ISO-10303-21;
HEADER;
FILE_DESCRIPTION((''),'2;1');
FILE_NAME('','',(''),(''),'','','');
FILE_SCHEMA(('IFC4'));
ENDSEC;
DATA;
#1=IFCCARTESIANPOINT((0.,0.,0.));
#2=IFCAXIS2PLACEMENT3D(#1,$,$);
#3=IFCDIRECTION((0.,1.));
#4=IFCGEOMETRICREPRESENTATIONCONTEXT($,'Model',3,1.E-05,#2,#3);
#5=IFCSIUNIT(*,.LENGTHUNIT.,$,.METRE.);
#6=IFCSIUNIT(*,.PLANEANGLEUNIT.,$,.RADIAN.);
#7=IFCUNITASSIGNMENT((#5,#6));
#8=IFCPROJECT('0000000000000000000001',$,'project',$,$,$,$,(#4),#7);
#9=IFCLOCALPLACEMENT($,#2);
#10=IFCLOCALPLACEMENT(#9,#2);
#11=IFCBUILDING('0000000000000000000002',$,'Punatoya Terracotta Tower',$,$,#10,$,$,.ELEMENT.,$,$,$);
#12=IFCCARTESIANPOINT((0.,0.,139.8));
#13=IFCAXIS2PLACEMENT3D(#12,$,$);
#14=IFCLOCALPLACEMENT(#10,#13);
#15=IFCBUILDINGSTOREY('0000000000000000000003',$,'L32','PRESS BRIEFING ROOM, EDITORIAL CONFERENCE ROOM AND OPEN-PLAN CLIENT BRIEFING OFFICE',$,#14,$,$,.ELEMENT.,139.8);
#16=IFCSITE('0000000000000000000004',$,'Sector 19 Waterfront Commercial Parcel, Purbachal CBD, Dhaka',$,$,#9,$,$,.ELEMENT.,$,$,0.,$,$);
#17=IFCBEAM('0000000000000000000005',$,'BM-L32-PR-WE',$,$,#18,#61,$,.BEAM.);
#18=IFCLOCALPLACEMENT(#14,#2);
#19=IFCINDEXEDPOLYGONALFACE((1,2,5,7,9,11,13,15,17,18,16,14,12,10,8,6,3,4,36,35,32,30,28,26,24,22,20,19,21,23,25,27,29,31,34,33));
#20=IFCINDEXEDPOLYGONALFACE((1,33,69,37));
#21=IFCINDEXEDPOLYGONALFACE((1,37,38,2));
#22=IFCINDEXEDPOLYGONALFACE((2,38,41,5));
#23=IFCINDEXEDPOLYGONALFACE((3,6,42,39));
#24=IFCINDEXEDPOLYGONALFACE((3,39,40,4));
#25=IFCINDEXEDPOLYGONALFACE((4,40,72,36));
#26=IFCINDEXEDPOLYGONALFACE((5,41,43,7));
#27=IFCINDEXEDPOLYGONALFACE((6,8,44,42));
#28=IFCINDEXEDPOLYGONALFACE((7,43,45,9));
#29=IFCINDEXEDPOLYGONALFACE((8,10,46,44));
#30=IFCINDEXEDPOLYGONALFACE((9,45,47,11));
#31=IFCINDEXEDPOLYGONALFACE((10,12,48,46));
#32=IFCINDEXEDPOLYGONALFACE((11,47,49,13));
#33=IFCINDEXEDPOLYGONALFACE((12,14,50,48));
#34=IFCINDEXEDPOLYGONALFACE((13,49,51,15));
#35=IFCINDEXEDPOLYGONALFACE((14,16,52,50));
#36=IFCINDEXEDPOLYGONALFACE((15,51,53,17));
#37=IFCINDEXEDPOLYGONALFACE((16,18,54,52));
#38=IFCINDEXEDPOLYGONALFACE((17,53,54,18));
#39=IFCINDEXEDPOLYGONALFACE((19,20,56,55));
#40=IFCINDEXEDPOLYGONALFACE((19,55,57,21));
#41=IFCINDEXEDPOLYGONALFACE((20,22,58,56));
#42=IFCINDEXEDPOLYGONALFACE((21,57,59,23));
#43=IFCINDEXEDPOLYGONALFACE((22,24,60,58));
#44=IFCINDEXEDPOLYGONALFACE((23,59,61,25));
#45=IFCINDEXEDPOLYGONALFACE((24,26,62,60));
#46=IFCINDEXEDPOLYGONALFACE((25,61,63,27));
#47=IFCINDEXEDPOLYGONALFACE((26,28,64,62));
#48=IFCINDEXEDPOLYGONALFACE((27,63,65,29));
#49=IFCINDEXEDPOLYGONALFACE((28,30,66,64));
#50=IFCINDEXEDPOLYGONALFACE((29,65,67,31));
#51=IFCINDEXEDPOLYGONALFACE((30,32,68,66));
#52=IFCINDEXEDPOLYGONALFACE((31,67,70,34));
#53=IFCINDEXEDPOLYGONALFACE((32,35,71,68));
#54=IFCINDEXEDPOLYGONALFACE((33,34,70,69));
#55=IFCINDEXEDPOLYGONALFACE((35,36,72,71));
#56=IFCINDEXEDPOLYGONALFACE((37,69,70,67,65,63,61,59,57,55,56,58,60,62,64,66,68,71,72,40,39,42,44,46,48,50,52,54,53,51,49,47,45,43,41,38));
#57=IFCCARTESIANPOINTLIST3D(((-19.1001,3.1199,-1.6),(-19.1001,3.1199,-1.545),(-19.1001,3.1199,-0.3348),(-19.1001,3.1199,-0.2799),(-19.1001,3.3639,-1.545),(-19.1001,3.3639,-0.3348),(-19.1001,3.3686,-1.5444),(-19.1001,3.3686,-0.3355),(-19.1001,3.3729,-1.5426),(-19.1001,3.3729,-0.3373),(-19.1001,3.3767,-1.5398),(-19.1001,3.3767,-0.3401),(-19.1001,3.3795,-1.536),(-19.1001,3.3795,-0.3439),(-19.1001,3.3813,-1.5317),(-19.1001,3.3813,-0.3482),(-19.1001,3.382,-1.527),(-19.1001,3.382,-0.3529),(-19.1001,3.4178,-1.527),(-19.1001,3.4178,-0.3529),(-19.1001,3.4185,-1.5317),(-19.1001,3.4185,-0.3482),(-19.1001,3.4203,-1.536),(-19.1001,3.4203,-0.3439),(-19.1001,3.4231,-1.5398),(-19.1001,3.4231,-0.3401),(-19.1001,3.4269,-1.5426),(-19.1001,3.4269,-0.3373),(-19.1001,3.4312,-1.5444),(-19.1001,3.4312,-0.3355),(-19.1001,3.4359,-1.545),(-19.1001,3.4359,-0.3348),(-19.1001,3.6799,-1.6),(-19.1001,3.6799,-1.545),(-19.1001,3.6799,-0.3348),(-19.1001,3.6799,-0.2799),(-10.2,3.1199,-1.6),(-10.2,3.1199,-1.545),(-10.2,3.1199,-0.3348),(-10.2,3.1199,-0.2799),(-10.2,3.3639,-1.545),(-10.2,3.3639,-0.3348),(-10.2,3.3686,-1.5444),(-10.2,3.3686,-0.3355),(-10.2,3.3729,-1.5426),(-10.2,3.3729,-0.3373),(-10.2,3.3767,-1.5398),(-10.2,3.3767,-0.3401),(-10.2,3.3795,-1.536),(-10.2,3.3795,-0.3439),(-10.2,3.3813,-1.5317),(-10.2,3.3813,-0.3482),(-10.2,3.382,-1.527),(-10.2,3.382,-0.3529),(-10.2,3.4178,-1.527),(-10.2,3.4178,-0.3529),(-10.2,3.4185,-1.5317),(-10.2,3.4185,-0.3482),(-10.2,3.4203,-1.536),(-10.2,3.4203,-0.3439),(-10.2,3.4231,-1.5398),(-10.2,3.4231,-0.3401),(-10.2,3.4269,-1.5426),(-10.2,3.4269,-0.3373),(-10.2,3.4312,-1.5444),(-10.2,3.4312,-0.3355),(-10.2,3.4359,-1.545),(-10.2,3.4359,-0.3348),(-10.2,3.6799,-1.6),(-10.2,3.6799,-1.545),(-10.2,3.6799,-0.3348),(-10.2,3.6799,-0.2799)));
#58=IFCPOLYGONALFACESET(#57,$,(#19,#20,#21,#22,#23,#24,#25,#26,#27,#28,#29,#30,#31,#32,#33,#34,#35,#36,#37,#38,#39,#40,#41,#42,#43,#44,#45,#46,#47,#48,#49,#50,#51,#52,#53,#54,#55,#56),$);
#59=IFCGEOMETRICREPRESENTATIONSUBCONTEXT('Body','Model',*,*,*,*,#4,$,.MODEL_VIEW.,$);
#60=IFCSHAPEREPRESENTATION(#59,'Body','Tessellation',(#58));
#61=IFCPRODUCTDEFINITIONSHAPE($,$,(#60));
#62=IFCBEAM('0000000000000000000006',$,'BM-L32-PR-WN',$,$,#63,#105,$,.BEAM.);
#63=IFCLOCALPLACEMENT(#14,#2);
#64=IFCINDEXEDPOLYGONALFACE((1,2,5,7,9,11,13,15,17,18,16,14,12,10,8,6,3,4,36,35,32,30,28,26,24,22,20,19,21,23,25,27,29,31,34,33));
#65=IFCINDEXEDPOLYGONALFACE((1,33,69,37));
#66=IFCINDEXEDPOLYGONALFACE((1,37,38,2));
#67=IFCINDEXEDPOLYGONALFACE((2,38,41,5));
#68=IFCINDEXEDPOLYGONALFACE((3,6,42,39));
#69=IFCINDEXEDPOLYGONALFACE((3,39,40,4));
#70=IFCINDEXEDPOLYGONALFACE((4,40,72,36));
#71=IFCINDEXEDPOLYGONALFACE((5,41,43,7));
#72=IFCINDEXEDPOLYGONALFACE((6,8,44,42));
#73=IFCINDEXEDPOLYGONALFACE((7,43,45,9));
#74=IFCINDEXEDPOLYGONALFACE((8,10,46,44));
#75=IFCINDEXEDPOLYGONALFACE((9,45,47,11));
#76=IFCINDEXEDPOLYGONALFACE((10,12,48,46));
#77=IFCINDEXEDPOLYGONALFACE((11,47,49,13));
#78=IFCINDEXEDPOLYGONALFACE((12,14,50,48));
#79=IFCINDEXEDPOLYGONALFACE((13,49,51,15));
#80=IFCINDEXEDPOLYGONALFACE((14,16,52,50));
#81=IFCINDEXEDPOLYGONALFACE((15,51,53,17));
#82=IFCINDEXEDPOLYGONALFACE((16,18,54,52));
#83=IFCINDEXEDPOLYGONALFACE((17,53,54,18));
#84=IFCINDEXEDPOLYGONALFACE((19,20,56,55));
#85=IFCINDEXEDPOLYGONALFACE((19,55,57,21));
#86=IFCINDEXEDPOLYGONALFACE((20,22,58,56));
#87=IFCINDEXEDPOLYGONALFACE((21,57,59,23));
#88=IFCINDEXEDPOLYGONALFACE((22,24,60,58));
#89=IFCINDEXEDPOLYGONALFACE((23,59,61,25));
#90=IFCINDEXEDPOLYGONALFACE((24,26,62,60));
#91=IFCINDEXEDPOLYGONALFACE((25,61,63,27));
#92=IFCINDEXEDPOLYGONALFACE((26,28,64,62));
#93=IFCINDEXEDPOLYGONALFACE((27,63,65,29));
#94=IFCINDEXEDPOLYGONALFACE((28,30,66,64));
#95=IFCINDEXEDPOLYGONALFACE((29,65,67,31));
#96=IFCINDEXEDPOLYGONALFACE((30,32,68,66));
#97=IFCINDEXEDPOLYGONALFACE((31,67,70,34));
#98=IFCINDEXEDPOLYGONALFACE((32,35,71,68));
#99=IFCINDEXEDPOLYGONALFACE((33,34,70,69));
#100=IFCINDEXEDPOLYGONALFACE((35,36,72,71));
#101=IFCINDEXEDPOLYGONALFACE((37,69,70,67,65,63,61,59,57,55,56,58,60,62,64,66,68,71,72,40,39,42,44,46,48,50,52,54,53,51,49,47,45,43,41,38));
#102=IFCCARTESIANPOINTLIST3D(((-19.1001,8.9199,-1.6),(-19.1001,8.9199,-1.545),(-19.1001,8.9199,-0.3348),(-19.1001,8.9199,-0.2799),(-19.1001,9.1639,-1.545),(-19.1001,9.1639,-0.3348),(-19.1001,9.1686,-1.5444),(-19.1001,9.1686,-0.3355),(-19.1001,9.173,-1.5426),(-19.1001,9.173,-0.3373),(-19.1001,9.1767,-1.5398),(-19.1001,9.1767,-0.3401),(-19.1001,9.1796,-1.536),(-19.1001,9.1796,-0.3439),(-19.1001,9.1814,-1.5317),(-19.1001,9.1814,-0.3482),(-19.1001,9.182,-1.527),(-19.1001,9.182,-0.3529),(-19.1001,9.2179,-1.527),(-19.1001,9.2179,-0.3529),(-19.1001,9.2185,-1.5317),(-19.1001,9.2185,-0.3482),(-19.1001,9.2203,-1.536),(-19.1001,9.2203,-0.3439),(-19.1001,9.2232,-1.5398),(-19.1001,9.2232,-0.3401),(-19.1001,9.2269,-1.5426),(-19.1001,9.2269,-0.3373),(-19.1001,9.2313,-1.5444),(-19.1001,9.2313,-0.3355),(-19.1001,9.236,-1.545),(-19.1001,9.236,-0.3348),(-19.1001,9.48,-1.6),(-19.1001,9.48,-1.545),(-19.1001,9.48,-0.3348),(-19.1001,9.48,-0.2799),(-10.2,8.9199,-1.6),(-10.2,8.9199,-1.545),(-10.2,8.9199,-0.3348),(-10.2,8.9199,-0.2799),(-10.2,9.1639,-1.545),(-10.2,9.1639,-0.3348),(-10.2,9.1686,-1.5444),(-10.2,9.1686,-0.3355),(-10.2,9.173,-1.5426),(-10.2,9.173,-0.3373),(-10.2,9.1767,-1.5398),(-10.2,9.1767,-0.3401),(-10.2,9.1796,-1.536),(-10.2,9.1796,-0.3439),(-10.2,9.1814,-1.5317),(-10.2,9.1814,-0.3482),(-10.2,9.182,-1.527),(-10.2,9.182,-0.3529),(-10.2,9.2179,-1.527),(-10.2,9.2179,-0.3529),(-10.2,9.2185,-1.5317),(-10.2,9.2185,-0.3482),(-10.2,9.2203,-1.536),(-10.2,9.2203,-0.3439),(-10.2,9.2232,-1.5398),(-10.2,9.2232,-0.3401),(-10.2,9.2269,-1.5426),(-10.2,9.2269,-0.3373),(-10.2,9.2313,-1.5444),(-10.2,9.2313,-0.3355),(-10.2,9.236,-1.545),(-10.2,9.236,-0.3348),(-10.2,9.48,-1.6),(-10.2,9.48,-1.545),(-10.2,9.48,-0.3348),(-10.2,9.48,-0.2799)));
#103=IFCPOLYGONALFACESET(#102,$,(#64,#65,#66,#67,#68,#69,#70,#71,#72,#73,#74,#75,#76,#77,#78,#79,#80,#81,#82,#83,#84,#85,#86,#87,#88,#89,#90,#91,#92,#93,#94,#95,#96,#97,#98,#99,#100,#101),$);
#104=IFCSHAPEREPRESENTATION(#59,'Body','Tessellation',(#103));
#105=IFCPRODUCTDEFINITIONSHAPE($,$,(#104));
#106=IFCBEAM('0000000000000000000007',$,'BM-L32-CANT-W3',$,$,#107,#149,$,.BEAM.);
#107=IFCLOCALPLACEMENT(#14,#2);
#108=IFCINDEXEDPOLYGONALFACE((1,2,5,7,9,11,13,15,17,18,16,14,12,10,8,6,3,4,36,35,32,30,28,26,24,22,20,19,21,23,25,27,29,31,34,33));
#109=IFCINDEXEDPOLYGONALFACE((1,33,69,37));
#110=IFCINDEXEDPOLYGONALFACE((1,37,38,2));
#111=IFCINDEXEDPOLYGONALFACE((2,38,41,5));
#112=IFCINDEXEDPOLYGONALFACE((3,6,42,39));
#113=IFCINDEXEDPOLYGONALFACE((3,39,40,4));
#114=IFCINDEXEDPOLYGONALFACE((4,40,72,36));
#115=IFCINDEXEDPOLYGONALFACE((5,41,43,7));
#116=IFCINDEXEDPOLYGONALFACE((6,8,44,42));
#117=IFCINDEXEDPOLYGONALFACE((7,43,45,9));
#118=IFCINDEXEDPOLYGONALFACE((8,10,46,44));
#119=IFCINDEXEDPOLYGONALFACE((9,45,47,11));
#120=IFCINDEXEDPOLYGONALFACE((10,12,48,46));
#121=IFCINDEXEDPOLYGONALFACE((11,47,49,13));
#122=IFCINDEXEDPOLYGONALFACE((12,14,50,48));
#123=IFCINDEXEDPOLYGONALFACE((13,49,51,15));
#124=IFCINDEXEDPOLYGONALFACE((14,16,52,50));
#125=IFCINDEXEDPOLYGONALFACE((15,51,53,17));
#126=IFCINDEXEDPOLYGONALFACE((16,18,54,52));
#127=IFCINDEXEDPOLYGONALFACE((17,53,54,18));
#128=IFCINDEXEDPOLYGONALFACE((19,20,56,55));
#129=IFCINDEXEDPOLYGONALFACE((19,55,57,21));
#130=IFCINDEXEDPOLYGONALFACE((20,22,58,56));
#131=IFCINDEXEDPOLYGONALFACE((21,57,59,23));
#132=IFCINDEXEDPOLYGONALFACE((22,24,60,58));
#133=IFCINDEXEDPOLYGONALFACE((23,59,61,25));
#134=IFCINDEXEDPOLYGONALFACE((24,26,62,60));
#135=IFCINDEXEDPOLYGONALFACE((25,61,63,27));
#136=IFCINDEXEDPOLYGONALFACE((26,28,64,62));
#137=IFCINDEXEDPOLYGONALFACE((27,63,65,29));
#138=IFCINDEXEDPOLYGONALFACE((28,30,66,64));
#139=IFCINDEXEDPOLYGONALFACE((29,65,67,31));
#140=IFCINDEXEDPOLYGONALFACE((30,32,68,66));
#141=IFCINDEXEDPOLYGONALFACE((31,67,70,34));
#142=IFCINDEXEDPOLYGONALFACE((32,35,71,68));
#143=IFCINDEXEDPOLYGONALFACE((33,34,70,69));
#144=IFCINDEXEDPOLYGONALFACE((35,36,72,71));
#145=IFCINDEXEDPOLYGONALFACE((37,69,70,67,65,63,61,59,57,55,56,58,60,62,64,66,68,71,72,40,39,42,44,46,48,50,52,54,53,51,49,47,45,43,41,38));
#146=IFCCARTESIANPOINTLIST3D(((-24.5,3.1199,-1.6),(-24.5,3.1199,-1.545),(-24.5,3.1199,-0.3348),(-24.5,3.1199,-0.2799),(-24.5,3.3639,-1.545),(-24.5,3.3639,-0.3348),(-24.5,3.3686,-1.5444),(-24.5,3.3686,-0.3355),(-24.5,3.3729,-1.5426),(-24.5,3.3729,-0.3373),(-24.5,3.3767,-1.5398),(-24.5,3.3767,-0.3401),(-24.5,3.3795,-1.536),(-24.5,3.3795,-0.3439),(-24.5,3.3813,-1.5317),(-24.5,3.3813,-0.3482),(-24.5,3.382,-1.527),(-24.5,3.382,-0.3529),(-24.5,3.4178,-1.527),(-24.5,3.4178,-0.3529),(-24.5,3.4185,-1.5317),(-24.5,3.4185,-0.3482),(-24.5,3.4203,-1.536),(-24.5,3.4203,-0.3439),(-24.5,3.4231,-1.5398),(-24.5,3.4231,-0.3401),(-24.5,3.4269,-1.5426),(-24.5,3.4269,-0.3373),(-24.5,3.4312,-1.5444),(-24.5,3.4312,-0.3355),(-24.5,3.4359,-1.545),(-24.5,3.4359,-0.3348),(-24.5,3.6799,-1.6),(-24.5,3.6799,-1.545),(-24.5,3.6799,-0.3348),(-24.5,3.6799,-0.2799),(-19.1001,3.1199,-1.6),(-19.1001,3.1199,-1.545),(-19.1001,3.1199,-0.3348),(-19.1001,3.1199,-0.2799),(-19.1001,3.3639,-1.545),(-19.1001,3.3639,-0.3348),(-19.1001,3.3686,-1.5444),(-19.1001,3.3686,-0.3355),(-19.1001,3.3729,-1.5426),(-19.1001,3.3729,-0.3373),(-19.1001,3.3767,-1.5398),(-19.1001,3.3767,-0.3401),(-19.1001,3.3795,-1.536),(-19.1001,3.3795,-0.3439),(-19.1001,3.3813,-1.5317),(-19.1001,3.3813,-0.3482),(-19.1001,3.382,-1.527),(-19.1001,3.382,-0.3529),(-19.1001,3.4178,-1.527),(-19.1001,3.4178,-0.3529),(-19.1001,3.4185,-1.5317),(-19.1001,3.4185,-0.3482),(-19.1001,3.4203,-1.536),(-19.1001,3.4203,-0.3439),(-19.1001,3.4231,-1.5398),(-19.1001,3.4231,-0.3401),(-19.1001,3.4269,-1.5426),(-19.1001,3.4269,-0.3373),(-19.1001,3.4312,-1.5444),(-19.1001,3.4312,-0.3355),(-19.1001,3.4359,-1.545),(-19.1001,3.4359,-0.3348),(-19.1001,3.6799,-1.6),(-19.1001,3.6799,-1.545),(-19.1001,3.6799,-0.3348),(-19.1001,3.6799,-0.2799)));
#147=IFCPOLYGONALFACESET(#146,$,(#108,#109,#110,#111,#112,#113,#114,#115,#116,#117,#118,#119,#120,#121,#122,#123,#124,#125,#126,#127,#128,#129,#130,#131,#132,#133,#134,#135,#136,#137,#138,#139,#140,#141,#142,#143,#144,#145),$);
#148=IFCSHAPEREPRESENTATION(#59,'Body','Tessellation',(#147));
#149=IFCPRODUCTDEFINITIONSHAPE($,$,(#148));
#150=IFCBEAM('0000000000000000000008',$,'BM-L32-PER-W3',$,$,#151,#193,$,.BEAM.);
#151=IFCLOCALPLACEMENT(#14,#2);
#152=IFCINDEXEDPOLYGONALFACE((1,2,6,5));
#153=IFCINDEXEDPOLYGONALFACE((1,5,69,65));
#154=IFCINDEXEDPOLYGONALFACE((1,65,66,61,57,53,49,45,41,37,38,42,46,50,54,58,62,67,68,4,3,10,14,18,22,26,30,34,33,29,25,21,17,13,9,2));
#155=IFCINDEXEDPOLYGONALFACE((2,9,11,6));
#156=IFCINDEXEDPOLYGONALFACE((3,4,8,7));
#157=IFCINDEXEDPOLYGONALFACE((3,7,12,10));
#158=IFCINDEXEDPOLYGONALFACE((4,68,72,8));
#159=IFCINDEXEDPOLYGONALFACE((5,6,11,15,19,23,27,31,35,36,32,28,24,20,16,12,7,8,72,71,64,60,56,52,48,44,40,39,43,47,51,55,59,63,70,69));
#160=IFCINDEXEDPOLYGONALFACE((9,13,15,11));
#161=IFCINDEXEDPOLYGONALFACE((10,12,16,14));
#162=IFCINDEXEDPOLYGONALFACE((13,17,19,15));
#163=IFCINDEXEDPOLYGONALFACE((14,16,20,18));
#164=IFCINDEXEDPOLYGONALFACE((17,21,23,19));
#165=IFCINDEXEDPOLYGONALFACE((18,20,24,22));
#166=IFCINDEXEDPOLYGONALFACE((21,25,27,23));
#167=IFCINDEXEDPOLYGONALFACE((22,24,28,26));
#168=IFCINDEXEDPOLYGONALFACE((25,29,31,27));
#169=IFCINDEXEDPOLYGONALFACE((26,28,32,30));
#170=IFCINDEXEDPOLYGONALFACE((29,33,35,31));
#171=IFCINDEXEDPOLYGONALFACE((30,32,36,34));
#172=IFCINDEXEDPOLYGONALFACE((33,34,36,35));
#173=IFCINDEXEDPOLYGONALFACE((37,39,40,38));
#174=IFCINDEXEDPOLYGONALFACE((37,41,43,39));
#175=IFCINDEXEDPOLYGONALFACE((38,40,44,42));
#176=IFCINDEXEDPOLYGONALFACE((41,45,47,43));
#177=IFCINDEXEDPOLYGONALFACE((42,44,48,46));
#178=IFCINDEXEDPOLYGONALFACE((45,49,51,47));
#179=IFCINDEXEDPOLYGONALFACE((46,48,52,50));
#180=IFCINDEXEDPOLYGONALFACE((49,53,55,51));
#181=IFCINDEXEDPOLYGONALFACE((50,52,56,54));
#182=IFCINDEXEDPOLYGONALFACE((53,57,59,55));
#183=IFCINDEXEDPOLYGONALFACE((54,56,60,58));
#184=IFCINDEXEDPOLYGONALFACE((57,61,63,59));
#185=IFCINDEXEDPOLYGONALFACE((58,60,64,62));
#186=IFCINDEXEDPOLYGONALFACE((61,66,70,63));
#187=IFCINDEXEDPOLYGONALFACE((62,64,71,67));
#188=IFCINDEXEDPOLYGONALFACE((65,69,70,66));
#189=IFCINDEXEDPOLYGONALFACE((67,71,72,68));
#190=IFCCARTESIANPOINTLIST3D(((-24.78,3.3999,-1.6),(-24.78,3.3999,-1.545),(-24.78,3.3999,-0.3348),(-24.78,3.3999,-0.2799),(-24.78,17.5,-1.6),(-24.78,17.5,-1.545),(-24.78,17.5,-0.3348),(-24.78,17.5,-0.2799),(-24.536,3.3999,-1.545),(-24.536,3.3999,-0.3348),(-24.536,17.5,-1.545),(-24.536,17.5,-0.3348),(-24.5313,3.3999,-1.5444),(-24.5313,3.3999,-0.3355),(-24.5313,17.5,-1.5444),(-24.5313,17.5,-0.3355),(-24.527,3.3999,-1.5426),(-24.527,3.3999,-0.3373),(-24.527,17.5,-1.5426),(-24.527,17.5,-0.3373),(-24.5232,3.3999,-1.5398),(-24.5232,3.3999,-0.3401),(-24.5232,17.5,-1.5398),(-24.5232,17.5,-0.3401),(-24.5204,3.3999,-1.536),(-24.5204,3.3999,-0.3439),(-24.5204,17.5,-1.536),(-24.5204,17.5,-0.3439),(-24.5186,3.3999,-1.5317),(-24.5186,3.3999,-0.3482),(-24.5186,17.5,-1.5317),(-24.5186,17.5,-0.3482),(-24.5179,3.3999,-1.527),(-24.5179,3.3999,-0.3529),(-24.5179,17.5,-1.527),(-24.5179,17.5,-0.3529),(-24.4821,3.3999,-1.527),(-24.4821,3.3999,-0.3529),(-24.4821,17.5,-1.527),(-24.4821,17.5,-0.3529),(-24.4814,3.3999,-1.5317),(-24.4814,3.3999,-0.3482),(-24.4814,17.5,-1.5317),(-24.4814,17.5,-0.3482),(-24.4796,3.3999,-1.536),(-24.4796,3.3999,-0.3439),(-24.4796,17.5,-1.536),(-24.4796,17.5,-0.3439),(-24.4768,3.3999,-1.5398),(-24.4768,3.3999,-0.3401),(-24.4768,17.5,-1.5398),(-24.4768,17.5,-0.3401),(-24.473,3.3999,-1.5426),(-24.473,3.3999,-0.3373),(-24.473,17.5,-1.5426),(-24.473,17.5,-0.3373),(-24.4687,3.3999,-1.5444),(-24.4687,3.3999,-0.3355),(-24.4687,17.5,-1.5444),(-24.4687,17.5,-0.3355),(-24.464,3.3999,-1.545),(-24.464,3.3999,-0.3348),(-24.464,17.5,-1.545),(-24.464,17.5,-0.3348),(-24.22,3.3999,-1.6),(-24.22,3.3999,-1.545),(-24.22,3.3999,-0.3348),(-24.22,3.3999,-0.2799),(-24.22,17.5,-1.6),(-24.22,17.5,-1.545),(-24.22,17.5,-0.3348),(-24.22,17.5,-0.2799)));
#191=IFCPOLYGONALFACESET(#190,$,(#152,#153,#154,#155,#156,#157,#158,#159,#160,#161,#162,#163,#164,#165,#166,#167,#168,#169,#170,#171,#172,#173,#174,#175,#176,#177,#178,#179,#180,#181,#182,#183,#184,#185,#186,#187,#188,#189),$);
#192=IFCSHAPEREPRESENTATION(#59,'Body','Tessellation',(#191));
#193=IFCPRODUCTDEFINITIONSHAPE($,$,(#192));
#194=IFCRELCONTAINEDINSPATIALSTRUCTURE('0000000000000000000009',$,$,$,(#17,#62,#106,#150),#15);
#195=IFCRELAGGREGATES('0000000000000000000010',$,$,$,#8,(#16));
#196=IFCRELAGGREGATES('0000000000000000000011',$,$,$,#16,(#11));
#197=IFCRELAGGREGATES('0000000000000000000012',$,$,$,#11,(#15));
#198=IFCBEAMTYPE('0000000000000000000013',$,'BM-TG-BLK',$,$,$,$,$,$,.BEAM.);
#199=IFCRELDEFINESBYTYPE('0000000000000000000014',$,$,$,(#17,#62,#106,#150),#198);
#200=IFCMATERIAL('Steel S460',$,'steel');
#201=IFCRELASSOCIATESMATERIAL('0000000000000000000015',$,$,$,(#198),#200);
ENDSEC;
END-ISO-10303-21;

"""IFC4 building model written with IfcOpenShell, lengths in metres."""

from ifc_helpers import new_model, si_unit, direction, frame, origin, origin_2d, place, context, subcontext, project, spatial, i_section, extrude, material, material_profile, profile_set, type_object, element, save


model = new_model("IFC4")

# Units and contexts
model_context = context("Model", 3, precision=1e-05, world=origin(), true_north=direction((0.0, 1.0)))
body_context = subcontext(model_context, "Body", "Model", "MODEL_VIEW")
ifc_project = project(units=[si_unit("LENGTHUNIT", "METRE"), si_unit("PLANEANGLEUNIT", "RADIAN")], contexts=[model_context])

# Site, building, storey
site_placement = place(None, origin())
site = spatial("IfcSite", under=ifc_project, at=site_placement, Name="Sector 19 Waterfront Commercial Parcel, Purbachal CBD, Dhaka", CompositionType="ELEMENT", RefElevation=0.0)
building_placement = place(site_placement, origin())
building = spatial("IfcBuilding", under=site, at=building_placement, Name="Punatoya Terracotta Tower", CompositionType="ELEMENT")
storey_placement = place(building_placement, frame((0.0, 0.0, 139.8)))
storey = spatial("IfcBuildingStorey", under=building, at=storey_placement, Name="L32", Description="PRESS BRIEFING ROOM, EDITORIAL CONFERENCE ROOM AND OPEN-PLAN CLIENT BRIEFING OFFICE", CompositionType="ELEMENT", Elevation=139.8)

# Shared definitions
ifc_material_1 = material(Name="Steel S460", Category="steel")

# Beams
ifc_material_profile_1 = material_profile(ifc_material_1, i_section(OverallWidth=0.5601, OverallDepth=1.3201, WebThickness=0.0359, FlangeThickness=0.0549, FilletRadius=0.0181, at=origin_2d()))
ifc_profile_set_1 = profile_set([ifc_material_profile_1], Name="Steel S460")
beam_type_1 = type_object("IfcBeamType", Name="BM-TG-BLK", PredefinedType="BEAM", material=ifc_profile_set_1)
for number, where, z_axis, x_axis, name in (
    (1, (-19.1001, 3.3999, -0.9399), (1.0, 0.0, 0.0), (0.0, 1.0, 0.0), "BM-L32-PR-WE"),
    (2, (-19.1001, 9.2, -0.9399), (1.0, 0.0, 0.0), (0.0, 1.0, 0.0), "BM-L32-PR-WN"),
):
    element("IfcBeam", number, at=place(storey_placement, frame(where, z_axis=z_axis, x_axis=x_axis)), inside=storey, type_object=beam_type_1, Name=name, PredefinedType="BEAM", context=body_context, shape_type="SweptSolid", body=[
        extrude(i_section(OverallWidth=0.5601, OverallDepth=1.3201, WebThickness=0.0359, FlangeThickness=0.0549, FilletRadius=0.0181, at=origin_2d()), origin(), (0.0, 0.0, 1.0), 8.9001),
    ])
beam_1_placement = place(storey_placement, frame((-24.5, 3.3999, -0.9399), z_axis=(1.0, 0.0, 0.0), x_axis=(0.0, 1.0, 0.0)))
element("IfcBeam", 3, at=beam_1_placement, inside=storey, type_object=beam_type_1, Name="BM-L32-CANT-W3", PredefinedType="BEAM", context=body_context, shape_type="SweptSolid", body=[
    extrude(i_section(OverallWidth=0.5601, OverallDepth=1.3201, WebThickness=0.0359, FlangeThickness=0.0549, FilletRadius=0.0181, at=origin_2d()), origin(), (0.0, 0.0, 1.0), 5.3999),
])
beam_2_placement = place(storey_placement, frame((-24.5, 3.3999, -0.9399), z_axis=(0.0, 1.0, 0.0), x_axis=(-1.0, 0.0, 0.0)))
element("IfcBeam", 4, at=beam_2_placement, inside=storey, type_object=beam_type_1, Name="BM-L32-PER-W3", PredefinedType="BEAM", context=body_context, shape_type="SweptSolid", body=[
    extrude(i_section(OverallWidth=0.5601, OverallDepth=1.3201, WebThickness=0.0359, FlangeThickness=0.0549, FilletRadius=0.0181, at=origin_2d()), origin(), (0.0, 0.0, 1.0), 14.1001),
])

save(model, "model.ifc")
